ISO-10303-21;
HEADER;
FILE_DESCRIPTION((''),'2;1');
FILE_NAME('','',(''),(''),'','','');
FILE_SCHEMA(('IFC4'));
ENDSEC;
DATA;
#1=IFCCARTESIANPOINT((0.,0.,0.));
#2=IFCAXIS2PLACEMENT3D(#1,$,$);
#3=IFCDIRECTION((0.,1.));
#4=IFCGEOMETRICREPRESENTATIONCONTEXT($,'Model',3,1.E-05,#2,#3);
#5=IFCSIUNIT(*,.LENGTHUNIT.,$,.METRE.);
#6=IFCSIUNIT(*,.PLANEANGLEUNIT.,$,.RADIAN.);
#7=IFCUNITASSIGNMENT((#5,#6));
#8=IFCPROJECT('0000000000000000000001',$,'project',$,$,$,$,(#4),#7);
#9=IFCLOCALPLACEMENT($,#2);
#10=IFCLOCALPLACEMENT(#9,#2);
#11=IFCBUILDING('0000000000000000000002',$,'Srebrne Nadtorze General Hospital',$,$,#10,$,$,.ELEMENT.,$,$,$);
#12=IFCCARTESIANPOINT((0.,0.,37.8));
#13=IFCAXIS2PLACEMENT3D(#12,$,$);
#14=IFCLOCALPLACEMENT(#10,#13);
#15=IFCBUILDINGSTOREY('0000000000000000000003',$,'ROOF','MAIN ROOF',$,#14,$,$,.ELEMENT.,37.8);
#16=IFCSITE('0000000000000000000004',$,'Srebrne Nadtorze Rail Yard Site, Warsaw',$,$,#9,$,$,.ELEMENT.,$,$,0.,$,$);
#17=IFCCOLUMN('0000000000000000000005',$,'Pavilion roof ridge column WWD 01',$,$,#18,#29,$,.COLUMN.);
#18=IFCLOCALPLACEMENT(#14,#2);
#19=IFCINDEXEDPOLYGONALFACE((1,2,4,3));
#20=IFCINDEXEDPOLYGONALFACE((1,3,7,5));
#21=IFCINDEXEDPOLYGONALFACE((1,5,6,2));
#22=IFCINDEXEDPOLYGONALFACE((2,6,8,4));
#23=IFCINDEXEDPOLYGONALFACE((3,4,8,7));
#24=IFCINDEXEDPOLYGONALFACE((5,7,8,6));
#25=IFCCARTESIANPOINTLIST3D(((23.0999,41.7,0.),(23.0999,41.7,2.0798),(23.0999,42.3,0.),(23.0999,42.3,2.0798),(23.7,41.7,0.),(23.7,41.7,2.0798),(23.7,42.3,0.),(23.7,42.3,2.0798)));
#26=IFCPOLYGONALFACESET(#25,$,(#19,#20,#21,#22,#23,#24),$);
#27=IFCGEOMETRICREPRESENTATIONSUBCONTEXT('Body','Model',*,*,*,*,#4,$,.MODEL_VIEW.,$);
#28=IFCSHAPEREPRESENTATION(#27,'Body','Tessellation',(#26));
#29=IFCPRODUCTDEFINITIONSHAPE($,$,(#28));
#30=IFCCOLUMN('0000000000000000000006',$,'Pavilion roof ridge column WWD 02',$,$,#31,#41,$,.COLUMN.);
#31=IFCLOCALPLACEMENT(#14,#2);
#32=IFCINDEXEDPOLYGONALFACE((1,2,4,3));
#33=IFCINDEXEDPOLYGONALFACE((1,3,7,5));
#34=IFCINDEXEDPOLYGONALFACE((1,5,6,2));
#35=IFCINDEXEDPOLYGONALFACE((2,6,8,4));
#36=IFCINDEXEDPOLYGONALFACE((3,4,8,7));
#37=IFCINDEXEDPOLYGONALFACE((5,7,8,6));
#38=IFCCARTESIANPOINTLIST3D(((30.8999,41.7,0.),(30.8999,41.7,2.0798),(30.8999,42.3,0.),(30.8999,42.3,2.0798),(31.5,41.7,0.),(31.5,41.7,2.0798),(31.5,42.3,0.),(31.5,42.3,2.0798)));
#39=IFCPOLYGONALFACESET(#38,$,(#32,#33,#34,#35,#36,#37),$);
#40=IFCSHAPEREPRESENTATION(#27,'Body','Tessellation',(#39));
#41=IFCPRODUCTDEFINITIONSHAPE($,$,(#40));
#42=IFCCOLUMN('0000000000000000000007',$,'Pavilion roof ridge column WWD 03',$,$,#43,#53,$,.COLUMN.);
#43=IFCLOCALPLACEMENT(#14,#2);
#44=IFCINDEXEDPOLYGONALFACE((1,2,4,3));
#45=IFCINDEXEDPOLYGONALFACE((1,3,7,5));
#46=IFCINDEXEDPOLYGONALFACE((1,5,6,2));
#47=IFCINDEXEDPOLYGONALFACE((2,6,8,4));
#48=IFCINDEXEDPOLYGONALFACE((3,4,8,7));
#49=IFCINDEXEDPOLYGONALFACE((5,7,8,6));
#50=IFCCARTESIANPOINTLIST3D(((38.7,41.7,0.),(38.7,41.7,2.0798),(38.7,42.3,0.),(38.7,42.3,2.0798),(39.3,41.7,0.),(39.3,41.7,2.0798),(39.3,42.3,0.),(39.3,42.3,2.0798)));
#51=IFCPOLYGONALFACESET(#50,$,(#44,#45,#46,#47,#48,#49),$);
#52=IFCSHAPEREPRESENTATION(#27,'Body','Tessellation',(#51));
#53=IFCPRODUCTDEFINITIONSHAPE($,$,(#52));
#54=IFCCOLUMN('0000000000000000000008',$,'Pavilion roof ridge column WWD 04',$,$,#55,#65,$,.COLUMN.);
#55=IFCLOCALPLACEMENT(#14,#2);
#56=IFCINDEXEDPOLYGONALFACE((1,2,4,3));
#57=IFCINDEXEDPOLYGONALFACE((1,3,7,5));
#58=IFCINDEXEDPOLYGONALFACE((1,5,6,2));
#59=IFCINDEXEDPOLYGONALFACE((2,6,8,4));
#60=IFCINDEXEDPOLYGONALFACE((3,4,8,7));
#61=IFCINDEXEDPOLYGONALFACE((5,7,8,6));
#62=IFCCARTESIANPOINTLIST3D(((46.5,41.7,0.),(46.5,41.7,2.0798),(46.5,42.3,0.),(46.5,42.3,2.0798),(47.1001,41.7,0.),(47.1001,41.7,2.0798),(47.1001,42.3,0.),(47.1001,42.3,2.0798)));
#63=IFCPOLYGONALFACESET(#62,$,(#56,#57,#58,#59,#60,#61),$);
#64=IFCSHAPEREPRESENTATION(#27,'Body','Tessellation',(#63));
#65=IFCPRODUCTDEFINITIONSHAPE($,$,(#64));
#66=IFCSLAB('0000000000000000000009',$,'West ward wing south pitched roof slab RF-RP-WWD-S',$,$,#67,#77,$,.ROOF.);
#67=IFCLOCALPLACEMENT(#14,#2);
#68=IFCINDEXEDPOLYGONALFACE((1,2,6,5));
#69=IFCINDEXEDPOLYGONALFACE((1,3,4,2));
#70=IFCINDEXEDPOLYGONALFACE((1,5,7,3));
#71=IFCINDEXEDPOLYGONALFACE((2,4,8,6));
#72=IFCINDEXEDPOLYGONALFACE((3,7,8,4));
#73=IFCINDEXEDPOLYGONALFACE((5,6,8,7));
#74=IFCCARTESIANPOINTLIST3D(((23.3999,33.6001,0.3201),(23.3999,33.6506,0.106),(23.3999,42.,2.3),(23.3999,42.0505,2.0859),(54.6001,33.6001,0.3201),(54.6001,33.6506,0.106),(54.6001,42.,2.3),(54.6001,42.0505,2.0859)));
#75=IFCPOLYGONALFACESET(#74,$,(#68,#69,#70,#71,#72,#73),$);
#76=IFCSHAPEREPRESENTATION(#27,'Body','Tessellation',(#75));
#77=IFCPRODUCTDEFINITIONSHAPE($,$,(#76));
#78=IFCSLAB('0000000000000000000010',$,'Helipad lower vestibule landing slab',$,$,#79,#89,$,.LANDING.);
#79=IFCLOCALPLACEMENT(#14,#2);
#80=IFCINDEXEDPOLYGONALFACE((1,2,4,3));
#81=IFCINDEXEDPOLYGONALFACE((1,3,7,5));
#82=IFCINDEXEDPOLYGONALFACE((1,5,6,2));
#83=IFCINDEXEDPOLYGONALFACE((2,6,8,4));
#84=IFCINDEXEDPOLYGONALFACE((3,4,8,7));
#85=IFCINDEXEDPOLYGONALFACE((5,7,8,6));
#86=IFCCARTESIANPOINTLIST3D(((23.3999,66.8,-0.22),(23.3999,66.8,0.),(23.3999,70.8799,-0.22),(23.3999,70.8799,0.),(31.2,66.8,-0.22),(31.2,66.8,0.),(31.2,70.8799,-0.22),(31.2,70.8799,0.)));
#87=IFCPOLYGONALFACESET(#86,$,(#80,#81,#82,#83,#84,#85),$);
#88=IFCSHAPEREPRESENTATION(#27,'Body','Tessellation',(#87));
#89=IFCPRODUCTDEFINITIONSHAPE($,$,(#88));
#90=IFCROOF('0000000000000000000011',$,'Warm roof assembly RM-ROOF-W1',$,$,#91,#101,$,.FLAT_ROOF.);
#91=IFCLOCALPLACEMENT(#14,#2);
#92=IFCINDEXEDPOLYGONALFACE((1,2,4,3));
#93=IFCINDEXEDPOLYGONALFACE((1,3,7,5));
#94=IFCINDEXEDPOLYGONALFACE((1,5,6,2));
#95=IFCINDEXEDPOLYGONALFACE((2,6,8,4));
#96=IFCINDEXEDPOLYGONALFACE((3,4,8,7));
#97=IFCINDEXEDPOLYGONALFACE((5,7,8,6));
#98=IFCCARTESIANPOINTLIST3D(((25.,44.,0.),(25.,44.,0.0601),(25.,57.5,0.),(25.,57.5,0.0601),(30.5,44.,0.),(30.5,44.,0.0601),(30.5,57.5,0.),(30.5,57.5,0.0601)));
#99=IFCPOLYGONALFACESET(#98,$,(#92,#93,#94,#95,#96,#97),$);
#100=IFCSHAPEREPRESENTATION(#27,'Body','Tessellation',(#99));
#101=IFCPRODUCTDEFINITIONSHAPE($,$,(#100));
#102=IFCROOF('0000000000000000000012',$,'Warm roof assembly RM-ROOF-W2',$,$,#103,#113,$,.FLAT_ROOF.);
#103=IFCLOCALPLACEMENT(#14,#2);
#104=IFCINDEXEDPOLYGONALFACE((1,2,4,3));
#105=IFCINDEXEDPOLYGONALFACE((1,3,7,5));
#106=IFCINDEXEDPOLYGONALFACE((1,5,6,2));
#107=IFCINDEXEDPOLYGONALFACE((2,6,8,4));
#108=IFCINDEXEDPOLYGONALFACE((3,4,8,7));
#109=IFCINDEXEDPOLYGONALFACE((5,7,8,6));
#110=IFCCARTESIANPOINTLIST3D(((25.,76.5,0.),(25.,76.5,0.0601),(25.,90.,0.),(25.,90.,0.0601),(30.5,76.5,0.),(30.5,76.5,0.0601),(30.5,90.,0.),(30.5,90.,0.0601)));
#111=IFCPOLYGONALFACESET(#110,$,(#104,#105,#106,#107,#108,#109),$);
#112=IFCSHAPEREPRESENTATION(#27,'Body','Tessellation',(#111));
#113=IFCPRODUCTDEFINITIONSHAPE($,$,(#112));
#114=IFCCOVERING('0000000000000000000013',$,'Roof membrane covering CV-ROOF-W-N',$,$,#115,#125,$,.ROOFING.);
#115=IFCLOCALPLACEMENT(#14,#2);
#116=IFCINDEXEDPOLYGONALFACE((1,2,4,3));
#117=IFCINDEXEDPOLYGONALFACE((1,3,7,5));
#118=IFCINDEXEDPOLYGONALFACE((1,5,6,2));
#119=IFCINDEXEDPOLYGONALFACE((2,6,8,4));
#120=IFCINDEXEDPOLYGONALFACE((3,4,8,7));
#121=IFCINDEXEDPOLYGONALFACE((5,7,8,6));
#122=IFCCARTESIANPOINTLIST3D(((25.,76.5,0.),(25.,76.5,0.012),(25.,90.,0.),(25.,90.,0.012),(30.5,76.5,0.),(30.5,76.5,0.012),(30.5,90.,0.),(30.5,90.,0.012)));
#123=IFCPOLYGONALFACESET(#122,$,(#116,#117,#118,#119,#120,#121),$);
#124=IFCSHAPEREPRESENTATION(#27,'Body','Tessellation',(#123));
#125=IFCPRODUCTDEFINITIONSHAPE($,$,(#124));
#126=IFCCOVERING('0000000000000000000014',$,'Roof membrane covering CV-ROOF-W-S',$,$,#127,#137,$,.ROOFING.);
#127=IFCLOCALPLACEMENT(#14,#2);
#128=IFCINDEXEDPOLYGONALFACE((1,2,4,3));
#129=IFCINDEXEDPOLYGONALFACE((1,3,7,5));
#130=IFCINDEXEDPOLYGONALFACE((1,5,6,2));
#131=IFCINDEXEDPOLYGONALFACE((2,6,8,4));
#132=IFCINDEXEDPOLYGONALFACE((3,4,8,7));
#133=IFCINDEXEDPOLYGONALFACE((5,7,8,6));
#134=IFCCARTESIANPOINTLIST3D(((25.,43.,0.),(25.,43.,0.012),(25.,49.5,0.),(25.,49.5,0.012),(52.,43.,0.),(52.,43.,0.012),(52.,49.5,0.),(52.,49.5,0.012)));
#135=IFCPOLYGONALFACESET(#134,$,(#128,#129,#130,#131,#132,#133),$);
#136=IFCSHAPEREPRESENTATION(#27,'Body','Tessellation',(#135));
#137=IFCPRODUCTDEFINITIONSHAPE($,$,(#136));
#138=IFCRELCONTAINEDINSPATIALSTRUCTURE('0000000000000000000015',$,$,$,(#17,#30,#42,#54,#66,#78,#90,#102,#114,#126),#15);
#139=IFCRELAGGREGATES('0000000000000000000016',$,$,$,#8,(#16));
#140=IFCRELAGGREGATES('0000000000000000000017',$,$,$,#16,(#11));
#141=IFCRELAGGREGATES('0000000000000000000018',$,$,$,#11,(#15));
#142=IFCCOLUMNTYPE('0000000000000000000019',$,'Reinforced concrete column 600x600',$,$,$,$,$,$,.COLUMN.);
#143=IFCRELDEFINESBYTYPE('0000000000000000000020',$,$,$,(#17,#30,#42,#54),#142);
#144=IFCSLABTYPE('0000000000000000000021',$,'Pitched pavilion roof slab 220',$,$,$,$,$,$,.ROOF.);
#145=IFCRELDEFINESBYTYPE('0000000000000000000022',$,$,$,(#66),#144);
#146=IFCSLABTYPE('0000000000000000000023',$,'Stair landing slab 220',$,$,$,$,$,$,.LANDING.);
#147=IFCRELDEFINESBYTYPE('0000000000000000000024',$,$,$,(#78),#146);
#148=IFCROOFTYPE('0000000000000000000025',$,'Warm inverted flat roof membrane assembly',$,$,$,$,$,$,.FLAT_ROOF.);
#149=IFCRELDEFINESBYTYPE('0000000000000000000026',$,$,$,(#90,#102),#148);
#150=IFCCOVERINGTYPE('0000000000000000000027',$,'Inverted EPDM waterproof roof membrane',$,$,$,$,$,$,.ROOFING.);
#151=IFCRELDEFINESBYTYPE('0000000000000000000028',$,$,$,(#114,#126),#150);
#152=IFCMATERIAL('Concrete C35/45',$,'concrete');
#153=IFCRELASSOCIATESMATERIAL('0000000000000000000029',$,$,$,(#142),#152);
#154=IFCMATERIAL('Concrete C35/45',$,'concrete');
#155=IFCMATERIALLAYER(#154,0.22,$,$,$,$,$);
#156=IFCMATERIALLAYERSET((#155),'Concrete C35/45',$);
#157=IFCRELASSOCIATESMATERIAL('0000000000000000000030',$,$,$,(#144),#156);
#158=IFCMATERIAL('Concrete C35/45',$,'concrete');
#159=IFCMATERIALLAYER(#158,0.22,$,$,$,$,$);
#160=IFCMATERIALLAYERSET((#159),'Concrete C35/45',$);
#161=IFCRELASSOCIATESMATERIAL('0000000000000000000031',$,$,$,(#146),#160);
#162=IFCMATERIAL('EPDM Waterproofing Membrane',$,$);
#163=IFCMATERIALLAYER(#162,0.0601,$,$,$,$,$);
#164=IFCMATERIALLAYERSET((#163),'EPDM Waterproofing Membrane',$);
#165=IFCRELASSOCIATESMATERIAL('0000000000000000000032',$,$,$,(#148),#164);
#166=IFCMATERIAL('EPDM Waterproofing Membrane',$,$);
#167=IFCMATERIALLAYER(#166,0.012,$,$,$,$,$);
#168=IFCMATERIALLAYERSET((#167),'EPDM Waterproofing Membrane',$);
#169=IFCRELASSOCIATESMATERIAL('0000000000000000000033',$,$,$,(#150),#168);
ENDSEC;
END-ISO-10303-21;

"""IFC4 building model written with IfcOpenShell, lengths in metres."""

from ifc_helpers import new_model, si_unit, direction, frame, origin, origin_2d, place, context, subcontext, project, spatial, polyline, rectangle, outline, extrude, material, layer, layer_set, material_profile, profile_set, type_object, element, save


model = new_model("IFC4")

# Units and contexts
model_context = context("Model", 3, precision=1e-05, world=origin(), true_north=direction((0.0, 1.0)))
body_context = subcontext(model_context, "Body", "Model", "MODEL_VIEW")
ifc_project = project(units=[si_unit("LENGTHUNIT", "METRE"), si_unit("PLANEANGLEUNIT", "RADIAN")], contexts=[model_context])

# Site, building, storey
site_placement = place(None, origin())
site = spatial("IfcSite", under=ifc_project, at=site_placement, Name="Srebrne Nadtorze Rail Yard Site, Warsaw", CompositionType="ELEMENT", RefElevation=0.0)
building_placement = place(site_placement, origin())
building = spatial("IfcBuilding", under=site, at=building_placement, Name="Srebrne Nadtorze General Hospital", CompositionType="ELEMENT")
storey_placement = place(building_placement, frame((0.0, 0.0, 37.8)))
storey = spatial("IfcBuildingStorey", under=building, at=storey_placement, Name="ROOF", Description="MAIN ROOF", CompositionType="ELEMENT", Elevation=37.8)

# Columns
ifc_material_1 = material(Name="Concrete C35/45", Category="concrete")
ifc_material_profile = material_profile(ifc_material_1, rectangle(XDim=0.6001, YDim=0.6001, at=origin_2d()), Name="RC-COL-600x600")
ifc_profile_set = profile_set([ifc_material_profile], Name="Concrete C35/45")
column_type = type_object("IfcColumnType", Name="Reinforced concrete column 600x600", PredefinedType="COLUMN", material=ifc_profile_set)
for number, where, z_axis, x_axis, name in (
    (1, (23.3999, 42.0, 0.0), (0.0, 0.0, 1.0), (1.0, 0.0, 0.0), "Pavilion roof ridge column WWD 01"),
    (2, (31.2, 42.0, 0.0), (0.0, 0.0, 1.0), (1.0, 0.0, 0.0), "Pavilion roof ridge column WWD 02"),
    (3, (39.0, 42.0, 0.0), (0.0, 0.0, 1.0), (1.0, 0.0, 0.0), "Pavilion roof ridge column WWD 03"),
    (4, (46.8, 42.0, 0.0), (0.0, 0.0, 1.0), (1.0, 0.0, 0.0), "Pavilion roof ridge column WWD 04"),
):
    element("IfcColumn", number, at=place(storey_placement, frame(where, z_axis=z_axis, x_axis=x_axis)), inside=storey, type_object=column_type, Name=name, PredefinedType="COLUMN", context=body_context, shape_type="SweptSolid", body=[
        extrude(rectangle(XDim=0.6001, YDim=0.6001, at=origin_2d()), origin(), (0.0, 0.0, 1.0), 2.0798),
    ])

# Slabs
ifc_material_2 = material(Name="Concrete C35/45", Category="concrete")
ifc_layer_1 = layer(ifc_material_2, 0.22)
ifc_layer_set_1 = layer_set([ifc_layer_1], Name="Concrete C35/45")
slab_type_1 = type_object("IfcSlabType", Name="Pitched pavilion roof slab 220", PredefinedType="ROOF", material=ifc_layer_set_1)
slab_1_placement = place(storey_placement, frame((23.3999, 33.6001, 0.3201), z_axis=(0.0, -0.229427, 0.973326), x_axis=(1.0, 0.0, 0.0)))
element("IfcSlab", 5, at=slab_1_placement, inside=storey, type_object=slab_type_1, Name="West ward wing south pitched roof slab RF-RP-WWD-S", PredefinedType="ROOF", context=body_context, shape_type="SweptSolid", body=[
    extrude(outline(polyline([(0.0, 0.0), (31.2002, 0.0), (31.2002, 8.6301), (0.0, 8.6301), (0.0, 0.0)])), origin(), (0.0, 0.0, -1.0), 0.22),
])
ifc_material_3 = material(Name="Concrete C35/45", Category="concrete")
ifc_layer_2 = layer(ifc_material_3, 0.22)
ifc_layer_set_2 = layer_set([ifc_layer_2], Name="Concrete C35/45")
slab_type_2 = type_object("IfcSlabType", Name="Stair landing slab 220", PredefinedType="LANDING", material=ifc_layer_set_2)
slab_2_placement = place(storey_placement, frame((0.0, 0.0, -0.22)))
element("IfcSlab", 6, at=slab_2_placement, inside=storey, type_object=slab_type_2, Name="Helipad lower vestibule landing slab", PredefinedType="LANDING", context=body_context, shape_type="SweptSolid", body=[
    extrude(outline(polyline([(23.3999, 66.8), (31.2, 66.8), (31.2, 70.8799), (23.3999, 70.8799), (23.3999, 66.8)])), origin(), (0.0, 0.0, 1.0), 0.22),
])

# Roofs
ifc_material_4 = material(Name="EPDM Waterproofing Membrane")
ifc_layer_3 = layer(ifc_material_4, 0.0601)
ifc_layer_set_3 = layer_set([ifc_layer_3], Name="EPDM Waterproofing Membrane")
roof_type = type_object("IfcRoofType", Name="Warm inverted flat roof membrane assembly", PredefinedType="FLAT_ROOF", material=ifc_layer_set_3)
roof_1_placement = place(storey_placement, origin())
element("IfcRoof", 7, at=roof_1_placement, inside=storey, type_object=roof_type, Name="Warm roof assembly RM-ROOF-W1", PredefinedType="FLAT_ROOF", context=body_context, shape_type="SweptSolid", body=[
    extrude(outline(polyline([(25.0, 44.0), (30.5, 44.0), (30.5, 57.5), (25.0, 57.5), (25.0, 44.0)])), origin(), (0.0, 0.0, 1.0), 0.0601),
])
roof_2_placement = place(storey_placement, origin())
element("IfcRoof", 8, at=roof_2_placement, inside=storey, type_object=roof_type, Name="Warm roof assembly RM-ROOF-W2", PredefinedType="FLAT_ROOF", context=body_context, shape_type="SweptSolid", body=[
    extrude(outline(polyline([(25.0, 76.5), (30.5, 76.5), (30.5, 90.0), (25.0, 90.0), (25.0, 76.5)])), origin(), (0.0, 0.0, 1.0), 0.0601),
])

# Coverings
ifc_material_5 = material(Name="EPDM Waterproofing Membrane")
ifc_layer_4 = layer(ifc_material_5, 0.012)
ifc_layer_set_4 = layer_set([ifc_layer_4], Name="EPDM Waterproofing Membrane")
covering_type = type_object("IfcCoveringType", Name="Inverted EPDM waterproof roof membrane", PredefinedType="ROOFING", material=ifc_layer_set_4)
covering_1_placement = place(storey_placement, origin())
element("IfcCovering", 9, at=covering_1_placement, inside=storey, type_object=covering_type, Name="Roof membrane covering CV-ROOF-W-N", PredefinedType="ROOFING", context=body_context, shape_type="SweptSolid", body=[
    extrude(outline(polyline([(25.0, 76.5), (30.5, 76.5), (30.5, 90.0), (25.0, 90.0), (25.0, 76.5)])), origin(), (0.0, 0.0, 1.0), 0.012),
])
covering_2_placement = place(storey_placement, origin())
element("IfcCovering", 10, at=covering_2_placement, inside=storey, type_object=covering_type, Name="Roof membrane covering CV-ROOF-W-S", PredefinedType="ROOFING", context=body_context, shape_type="SweptSolid", body=[
    extrude(outline(polyline([(25.0, 43.0), (52.0, 43.0), (52.0, 49.5), (25.0, 49.5), (25.0, 43.0)])), origin(), (0.0, 0.0, 1.0), 0.012),
])

save(model, "model.ifc")
